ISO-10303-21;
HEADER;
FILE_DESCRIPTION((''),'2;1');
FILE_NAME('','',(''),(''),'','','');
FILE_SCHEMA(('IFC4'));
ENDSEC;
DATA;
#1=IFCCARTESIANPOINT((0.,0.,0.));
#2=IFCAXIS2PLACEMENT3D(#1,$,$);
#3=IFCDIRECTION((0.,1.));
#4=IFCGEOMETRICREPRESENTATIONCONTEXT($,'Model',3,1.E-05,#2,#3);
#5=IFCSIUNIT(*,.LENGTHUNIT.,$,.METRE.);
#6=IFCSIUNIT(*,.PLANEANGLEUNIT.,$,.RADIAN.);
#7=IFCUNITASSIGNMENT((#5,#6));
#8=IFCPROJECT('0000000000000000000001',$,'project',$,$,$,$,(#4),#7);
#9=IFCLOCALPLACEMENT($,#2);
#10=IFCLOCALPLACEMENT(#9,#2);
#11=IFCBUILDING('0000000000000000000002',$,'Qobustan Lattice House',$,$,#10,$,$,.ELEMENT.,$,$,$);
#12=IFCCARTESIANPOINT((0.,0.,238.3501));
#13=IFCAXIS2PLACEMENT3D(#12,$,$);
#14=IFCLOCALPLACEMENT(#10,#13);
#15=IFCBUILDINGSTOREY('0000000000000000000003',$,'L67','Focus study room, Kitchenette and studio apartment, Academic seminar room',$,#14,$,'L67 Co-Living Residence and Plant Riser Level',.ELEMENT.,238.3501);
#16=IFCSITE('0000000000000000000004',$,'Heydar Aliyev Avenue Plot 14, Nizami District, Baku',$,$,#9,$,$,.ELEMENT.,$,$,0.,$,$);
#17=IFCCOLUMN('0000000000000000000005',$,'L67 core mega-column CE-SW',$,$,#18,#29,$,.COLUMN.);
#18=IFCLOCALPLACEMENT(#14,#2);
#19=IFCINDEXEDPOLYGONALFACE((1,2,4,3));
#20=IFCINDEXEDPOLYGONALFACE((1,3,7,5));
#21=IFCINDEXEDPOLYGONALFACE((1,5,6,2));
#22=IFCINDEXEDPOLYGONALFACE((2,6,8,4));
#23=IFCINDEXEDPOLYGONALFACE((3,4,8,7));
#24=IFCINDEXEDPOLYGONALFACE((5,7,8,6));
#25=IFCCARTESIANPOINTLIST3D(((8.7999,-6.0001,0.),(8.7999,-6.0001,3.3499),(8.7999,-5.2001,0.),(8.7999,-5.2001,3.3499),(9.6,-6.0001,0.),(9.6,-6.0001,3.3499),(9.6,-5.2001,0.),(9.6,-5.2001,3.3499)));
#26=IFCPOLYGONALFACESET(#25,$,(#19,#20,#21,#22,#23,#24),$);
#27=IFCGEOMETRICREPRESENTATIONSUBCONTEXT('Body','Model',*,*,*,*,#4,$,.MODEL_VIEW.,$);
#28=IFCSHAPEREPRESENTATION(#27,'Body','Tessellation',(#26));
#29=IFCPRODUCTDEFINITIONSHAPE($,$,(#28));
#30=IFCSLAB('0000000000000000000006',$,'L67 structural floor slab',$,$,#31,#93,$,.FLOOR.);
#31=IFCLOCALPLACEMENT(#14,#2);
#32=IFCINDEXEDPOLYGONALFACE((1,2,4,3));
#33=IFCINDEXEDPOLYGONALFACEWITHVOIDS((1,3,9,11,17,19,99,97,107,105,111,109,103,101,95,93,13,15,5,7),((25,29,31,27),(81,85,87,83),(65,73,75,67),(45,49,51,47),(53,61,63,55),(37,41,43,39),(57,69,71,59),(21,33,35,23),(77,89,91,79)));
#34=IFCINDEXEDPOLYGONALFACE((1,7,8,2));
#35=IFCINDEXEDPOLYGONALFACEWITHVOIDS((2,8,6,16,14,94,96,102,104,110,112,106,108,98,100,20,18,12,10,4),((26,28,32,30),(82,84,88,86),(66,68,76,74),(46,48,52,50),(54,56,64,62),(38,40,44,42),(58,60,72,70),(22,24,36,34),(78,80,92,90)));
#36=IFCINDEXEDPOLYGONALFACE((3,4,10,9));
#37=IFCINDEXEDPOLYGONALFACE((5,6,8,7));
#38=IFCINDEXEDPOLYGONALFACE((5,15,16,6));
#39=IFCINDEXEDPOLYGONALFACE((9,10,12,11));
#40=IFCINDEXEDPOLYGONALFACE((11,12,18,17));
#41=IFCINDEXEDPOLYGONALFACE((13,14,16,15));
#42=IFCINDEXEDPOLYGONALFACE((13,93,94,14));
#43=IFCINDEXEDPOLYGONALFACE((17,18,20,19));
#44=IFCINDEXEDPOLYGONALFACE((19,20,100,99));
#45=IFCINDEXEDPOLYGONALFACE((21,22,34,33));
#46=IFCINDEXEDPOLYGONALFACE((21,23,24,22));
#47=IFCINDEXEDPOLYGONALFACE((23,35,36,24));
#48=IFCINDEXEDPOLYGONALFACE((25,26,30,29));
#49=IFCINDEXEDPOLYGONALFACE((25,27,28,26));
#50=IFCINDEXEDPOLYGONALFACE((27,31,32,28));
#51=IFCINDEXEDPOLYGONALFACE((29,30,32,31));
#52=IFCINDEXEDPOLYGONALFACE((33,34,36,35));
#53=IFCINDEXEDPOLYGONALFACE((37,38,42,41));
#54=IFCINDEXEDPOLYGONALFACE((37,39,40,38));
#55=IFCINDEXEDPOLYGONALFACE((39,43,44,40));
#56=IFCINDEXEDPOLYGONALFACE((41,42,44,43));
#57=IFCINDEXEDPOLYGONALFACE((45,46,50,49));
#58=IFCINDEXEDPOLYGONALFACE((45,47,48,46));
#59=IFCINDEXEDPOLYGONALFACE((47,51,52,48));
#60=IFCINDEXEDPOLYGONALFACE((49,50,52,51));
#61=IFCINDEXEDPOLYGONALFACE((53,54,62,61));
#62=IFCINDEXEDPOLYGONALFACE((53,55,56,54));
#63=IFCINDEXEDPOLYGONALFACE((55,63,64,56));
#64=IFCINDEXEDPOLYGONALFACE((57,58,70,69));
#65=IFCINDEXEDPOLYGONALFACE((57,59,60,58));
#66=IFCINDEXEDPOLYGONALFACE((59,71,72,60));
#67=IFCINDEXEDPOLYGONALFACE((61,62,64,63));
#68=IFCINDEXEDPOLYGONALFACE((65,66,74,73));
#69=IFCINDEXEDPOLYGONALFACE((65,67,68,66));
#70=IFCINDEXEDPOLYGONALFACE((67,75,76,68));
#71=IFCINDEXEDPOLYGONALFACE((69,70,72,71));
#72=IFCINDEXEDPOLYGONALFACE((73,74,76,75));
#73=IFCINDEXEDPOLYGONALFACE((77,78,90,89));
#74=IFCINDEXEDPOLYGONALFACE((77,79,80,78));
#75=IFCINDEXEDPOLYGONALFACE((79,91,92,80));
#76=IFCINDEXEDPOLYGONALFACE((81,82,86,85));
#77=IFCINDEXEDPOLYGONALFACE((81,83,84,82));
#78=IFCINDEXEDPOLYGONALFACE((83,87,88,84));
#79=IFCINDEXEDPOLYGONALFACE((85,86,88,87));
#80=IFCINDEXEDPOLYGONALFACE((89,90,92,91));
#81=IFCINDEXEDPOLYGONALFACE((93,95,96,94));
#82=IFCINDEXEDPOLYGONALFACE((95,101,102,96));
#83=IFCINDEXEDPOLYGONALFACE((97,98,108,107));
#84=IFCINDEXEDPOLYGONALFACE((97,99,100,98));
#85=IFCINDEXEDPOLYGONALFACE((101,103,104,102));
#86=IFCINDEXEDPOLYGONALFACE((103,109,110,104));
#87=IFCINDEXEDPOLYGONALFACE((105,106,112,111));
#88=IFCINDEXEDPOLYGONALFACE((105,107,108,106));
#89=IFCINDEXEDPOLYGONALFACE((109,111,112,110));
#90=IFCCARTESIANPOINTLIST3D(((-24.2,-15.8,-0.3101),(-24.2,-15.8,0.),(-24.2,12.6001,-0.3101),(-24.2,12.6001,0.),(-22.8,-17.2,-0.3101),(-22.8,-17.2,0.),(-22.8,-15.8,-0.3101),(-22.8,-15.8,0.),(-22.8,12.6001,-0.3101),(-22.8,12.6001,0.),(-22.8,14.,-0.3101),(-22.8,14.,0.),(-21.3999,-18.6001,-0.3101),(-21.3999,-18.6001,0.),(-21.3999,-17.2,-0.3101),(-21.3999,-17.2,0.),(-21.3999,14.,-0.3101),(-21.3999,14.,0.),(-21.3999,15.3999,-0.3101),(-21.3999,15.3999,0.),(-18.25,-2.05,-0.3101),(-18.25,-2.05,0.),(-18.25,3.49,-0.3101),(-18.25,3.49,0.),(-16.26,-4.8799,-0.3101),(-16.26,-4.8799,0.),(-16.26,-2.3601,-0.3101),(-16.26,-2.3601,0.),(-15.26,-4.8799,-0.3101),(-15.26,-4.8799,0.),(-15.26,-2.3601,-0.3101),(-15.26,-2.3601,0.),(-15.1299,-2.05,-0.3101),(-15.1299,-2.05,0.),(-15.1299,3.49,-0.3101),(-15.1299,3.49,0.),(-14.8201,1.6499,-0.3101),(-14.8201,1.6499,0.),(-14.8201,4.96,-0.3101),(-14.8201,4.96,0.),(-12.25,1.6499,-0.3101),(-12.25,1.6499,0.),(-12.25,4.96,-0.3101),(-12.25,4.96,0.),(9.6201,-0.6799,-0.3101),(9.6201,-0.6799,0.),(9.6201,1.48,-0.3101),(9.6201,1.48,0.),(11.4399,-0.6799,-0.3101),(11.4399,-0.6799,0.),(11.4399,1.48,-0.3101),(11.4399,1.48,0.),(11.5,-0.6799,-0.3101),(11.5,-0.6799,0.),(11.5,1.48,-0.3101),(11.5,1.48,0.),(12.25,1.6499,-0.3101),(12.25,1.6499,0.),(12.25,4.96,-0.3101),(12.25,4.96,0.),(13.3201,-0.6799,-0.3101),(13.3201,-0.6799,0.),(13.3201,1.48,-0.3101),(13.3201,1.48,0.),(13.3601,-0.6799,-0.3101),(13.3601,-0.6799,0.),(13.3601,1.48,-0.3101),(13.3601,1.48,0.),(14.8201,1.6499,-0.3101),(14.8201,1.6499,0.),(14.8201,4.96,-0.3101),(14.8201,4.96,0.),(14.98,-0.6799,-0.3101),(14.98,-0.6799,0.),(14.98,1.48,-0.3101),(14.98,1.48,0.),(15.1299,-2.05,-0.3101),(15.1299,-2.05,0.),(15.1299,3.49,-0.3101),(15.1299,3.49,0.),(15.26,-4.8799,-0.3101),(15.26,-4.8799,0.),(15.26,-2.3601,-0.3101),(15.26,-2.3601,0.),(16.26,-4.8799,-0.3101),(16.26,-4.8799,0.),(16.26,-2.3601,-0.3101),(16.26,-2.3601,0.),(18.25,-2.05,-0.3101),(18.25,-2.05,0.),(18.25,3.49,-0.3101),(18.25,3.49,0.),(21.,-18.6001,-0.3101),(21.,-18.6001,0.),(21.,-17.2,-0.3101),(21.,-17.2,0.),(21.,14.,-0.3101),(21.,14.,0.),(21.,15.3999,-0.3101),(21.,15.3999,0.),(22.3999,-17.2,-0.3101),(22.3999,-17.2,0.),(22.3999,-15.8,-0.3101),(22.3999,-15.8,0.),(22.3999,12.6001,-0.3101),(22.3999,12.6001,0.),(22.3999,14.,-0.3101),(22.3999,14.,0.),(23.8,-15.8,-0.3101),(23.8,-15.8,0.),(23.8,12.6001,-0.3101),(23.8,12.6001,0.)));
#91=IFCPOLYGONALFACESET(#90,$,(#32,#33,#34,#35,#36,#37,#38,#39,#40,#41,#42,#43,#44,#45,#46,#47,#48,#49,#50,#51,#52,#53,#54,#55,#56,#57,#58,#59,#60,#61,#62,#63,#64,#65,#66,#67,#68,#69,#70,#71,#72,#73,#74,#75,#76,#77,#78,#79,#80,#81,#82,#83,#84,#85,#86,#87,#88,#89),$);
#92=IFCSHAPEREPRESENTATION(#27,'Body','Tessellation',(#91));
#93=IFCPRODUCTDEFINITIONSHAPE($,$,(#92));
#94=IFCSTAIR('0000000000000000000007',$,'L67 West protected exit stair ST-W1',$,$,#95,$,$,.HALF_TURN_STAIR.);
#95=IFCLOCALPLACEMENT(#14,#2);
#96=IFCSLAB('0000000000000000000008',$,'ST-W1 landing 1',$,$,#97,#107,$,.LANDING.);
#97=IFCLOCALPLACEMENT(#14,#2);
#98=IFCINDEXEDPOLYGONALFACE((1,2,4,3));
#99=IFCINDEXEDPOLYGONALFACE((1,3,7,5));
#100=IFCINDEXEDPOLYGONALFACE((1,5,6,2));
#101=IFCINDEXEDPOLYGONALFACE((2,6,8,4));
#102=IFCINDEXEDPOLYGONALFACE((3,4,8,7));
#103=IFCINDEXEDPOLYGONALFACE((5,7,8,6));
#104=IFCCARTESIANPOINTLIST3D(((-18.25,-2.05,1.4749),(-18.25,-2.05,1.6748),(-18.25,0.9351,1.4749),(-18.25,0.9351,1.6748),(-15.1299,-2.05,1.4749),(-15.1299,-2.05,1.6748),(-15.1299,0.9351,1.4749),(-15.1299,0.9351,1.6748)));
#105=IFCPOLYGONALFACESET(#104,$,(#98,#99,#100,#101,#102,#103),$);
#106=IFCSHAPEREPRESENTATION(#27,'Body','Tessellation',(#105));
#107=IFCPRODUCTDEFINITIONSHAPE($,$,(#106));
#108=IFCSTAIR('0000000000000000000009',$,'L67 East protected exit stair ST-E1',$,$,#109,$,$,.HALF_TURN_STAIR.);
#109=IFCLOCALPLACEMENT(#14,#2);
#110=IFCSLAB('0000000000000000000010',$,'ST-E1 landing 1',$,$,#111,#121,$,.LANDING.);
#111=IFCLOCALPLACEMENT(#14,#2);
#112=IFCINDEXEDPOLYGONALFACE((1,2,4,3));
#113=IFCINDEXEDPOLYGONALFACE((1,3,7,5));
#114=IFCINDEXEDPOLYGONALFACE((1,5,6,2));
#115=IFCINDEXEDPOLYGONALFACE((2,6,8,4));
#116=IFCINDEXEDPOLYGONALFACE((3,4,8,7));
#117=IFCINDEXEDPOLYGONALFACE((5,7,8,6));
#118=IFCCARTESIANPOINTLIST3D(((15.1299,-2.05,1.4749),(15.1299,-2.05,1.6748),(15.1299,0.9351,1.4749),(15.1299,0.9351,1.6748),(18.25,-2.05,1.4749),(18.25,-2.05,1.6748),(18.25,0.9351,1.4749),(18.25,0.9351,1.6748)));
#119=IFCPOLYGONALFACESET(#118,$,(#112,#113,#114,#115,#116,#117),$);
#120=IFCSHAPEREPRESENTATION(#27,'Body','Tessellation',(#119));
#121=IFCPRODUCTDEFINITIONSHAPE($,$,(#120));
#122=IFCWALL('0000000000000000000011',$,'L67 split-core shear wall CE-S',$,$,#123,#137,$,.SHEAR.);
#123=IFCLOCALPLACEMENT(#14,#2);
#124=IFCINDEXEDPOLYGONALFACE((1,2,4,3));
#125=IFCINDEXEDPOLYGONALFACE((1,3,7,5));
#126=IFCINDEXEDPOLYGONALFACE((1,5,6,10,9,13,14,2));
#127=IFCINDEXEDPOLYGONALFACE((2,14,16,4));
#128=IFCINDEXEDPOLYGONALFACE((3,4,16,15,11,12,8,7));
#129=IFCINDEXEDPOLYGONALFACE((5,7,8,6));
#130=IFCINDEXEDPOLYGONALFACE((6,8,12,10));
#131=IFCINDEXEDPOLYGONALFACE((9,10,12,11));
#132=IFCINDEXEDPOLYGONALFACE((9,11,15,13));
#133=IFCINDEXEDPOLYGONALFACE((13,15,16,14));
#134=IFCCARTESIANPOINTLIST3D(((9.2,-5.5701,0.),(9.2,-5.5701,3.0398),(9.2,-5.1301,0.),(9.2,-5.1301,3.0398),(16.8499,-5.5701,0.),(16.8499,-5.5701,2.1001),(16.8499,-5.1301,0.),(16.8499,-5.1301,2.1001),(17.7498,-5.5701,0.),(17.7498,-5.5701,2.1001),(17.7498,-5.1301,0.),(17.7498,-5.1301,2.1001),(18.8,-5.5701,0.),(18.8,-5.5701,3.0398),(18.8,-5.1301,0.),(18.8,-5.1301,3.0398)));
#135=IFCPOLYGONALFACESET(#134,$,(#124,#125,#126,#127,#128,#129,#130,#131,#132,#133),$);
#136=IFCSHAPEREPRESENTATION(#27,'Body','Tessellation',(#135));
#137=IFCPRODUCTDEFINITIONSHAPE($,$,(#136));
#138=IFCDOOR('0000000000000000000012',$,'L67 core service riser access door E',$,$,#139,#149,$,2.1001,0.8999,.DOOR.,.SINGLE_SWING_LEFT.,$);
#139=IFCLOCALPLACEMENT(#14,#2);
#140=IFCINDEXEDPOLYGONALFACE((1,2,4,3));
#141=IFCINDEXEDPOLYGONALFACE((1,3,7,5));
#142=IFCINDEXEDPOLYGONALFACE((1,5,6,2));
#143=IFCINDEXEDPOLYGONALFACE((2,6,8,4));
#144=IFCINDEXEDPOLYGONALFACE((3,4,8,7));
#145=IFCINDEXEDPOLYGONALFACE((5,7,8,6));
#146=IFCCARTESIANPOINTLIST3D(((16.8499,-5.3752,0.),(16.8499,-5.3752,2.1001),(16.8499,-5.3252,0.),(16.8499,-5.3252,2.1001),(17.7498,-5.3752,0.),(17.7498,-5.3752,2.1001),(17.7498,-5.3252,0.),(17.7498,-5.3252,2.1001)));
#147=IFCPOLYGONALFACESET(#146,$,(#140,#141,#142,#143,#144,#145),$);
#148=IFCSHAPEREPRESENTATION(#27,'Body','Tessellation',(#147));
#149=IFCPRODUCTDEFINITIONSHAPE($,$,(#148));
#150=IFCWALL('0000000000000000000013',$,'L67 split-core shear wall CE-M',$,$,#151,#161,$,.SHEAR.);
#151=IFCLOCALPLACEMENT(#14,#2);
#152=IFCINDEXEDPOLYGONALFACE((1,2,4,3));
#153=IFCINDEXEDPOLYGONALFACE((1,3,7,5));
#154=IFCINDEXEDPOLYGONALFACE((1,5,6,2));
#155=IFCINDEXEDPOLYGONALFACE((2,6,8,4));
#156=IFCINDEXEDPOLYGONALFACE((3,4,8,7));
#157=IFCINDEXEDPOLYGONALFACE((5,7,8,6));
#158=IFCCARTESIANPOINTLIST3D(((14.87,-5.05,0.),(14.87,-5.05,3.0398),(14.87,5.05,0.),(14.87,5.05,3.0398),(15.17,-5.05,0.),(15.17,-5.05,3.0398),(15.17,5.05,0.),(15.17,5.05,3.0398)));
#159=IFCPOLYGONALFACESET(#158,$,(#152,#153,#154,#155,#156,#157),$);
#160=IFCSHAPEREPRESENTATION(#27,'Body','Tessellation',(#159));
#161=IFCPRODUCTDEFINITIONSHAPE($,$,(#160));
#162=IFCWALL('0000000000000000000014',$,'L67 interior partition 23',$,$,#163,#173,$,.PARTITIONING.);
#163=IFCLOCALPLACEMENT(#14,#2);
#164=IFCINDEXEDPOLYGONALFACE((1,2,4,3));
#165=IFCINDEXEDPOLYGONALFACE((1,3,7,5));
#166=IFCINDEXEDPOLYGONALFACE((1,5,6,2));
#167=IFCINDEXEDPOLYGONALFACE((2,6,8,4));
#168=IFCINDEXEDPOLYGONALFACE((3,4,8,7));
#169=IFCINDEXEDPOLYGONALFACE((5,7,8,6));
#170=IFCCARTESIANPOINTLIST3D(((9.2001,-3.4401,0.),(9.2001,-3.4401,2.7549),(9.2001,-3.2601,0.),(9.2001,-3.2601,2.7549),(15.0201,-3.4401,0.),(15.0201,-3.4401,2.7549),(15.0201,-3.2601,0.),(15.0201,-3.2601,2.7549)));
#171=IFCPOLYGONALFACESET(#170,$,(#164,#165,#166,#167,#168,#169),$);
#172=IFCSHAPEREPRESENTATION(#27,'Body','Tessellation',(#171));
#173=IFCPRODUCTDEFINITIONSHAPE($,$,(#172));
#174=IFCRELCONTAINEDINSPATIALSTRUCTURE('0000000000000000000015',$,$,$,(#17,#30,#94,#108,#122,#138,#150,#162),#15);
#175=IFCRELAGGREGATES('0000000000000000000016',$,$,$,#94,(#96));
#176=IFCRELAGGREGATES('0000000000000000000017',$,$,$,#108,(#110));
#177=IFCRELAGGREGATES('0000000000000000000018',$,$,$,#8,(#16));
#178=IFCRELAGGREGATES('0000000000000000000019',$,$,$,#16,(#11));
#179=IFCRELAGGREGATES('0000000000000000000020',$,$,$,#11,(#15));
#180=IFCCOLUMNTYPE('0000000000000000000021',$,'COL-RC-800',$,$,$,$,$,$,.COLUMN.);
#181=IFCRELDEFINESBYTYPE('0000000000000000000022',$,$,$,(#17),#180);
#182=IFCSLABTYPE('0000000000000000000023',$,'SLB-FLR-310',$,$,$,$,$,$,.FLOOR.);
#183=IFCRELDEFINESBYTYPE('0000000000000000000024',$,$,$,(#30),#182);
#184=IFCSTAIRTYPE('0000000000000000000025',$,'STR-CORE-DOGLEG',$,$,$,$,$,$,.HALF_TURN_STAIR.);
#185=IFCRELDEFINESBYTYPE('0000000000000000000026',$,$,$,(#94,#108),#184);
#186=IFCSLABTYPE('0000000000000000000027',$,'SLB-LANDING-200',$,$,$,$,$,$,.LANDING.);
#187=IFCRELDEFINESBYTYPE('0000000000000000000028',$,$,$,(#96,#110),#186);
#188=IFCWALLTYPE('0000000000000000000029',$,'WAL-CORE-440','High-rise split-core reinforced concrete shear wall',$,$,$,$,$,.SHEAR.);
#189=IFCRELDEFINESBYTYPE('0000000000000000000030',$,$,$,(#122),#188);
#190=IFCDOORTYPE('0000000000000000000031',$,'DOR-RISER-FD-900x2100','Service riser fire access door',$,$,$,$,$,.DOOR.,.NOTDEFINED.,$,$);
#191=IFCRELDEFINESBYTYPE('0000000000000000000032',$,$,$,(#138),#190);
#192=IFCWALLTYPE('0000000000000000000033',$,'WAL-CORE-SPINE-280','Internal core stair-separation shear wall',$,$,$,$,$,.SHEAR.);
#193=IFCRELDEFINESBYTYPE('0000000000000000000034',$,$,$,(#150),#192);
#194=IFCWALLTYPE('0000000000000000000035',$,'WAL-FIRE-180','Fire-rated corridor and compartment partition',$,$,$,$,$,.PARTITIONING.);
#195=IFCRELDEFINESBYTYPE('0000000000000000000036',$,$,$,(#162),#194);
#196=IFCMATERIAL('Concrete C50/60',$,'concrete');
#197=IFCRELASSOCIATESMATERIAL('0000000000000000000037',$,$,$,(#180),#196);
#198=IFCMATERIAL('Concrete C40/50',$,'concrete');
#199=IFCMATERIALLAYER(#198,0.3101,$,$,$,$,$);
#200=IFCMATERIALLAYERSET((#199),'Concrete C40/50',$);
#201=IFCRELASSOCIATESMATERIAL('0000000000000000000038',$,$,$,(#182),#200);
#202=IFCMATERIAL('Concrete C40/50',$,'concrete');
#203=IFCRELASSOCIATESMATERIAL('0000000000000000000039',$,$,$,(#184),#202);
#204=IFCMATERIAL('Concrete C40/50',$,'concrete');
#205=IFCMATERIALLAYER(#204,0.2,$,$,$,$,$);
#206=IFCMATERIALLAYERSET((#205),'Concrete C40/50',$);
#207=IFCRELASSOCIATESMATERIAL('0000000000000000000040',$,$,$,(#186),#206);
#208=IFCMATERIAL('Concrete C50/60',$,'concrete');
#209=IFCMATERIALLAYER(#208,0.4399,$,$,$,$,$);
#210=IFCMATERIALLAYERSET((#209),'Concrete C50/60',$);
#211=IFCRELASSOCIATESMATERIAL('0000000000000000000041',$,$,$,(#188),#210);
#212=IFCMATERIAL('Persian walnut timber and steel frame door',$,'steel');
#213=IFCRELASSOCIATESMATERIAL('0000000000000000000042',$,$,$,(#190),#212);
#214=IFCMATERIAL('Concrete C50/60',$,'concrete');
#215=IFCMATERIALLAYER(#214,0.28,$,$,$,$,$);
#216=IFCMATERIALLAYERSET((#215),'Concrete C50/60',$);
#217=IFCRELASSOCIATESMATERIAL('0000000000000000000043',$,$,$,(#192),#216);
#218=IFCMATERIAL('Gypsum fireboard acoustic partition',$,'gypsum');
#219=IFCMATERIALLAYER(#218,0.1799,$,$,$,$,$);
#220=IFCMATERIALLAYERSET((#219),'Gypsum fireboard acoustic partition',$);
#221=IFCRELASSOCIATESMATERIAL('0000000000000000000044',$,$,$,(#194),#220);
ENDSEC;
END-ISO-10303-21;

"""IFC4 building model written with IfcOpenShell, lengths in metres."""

from ifc_helpers import new_model, si_unit, direction, frame, frame_2d, origin, origin_2d, place, context, subcontext, project, spatial, polyline, rectangle, outline, extrude, material, layer, layer_set, material_profile, profile_set, type_object, element, fill, aggregate, save


model = new_model("IFC4")

# Units and contexts
model_context = context("Model", 3, precision=1e-05, world=origin(), true_north=direction((0.0, 1.0)))
body_context = subcontext(model_context, "Body", "Model", "MODEL_VIEW")
ifc_project = project(units=[si_unit("LENGTHUNIT", "METRE"), si_unit("PLANEANGLEUNIT", "RADIAN")], contexts=[model_context])

# Site, building, storey
site_placement = place(None, origin())
site = spatial("IfcSite", under=ifc_project, at=site_placement, Name="Heydar Aliyev Avenue Plot 14, Nizami District, Baku", CompositionType="ELEMENT", RefElevation=0.0)
building_placement = place(site_placement, origin())
building = spatial("IfcBuilding", under=site, at=building_placement, Name="Qobustan Lattice House", CompositionType="ELEMENT")
storey_placement = place(building_placement, frame((0.0, 0.0, 238.3501)))
storey = spatial("IfcBuildingStorey", under=building, at=storey_placement, Name="L67", Description="Focus study room, Kitchenette and studio apartment, Academic seminar room", LongName="L67 Co-Living Residence and Plant Riser Level", CompositionType="ELEMENT", Elevation=238.3501)

# Column
ifc_material_1 = material(Name="Concrete C50/60", Category="concrete")
ifc_material_profile = material_profile(ifc_material_1, rectangle(XDim=0.8, YDim=0.8, at=origin_2d()), Name="RC800x800")
ifc_profile_set = profile_set([ifc_material_profile], Name="Concrete C50/60")
column_type = type_object("IfcColumnType", Name="COL-RC-800", PredefinedType="COLUMN", material=ifc_profile_set)
column_placement = place(storey_placement, frame((9.2, -5.6001, 0.0), z_axis=(0.0, 0.0, 1.0), x_axis=(1.0, 0.0, 0.0)))
element("IfcColumn", 1, at=column_placement, inside=storey, type_object=column_type, Name="L67 core mega-column CE-SW", PredefinedType="COLUMN", context=body_context, shape_type="SweptSolid", body=[
    extrude(rectangle(XDim=0.8, YDim=0.8, at=origin_2d()), origin(), (0.0, 0.0, 1.0), 3.3499),
])

# Slab
ifc_material_2 = material(Name="Concrete C40/50", Category="concrete")
ifc_layer_1 = layer(ifc_material_2, 0.3101)
ifc_layer_set_1 = layer_set([ifc_layer_1], Name="Concrete C40/50")
slab_type_1 = type_object("IfcSlabType", Name="SLB-FLR-310", PredefinedType="FLOOR", material=ifc_layer_set_1)
slab_1_placement = place(storey_placement, frame((0.0, 0.0, -0.3101)))
element("IfcSlab", 2, at=slab_1_placement, inside=storey, type_object=slab_type_1, Name="L67 structural floor slab", PredefinedType="FLOOR", context=body_context, shape_type="SweptSolid", body=[
    extrude(outline(polyline([(-21.3999, -18.6001), (21.0, -18.6001), (21.0, -17.2), (22.3999, -17.2), (22.3999, -15.8), (23.8, -15.8), (23.8, 12.6001), (22.3999, 12.6001), (22.3999, 14.0), (21.0, 14.0), (21.0, 15.3999), (-21.3999, 15.3999), (-21.3999, 14.0), (-22.8, 14.0), (-22.8, 12.6001), (-24.2, 12.6001), (-24.2, -15.8), (-22.8, -15.8), (-22.8, -17.2), (-21.3999, -17.2), (-21.3999, -18.6001)]), holes=[polyline([(-18.25, -2.05), (-18.25, 3.49), (-15.1299, 3.49), (-15.1299, -2.05), (-18.25, -2.05)]), polyline([(15.1299, -2.05), (15.1299, 3.49), (18.25, 3.49), (18.25, -2.05), (15.1299, -2.05)]), polyline([(-14.8201, 1.6499), (-14.8201, 4.96), (-12.25, 4.96), (-12.25, 1.6499), (-14.8201, 1.6499)]), polyline([(12.25, 1.6499), (12.25, 4.96), (14.8201, 4.96), (14.8201, 1.6499), (12.25, 1.6499)]), polyline([(-16.26, -4.8799), (-16.26, -2.3601), (-15.26, -2.3601), (-15.26, -4.8799), (-16.26, -4.8799)]), polyline([(15.26, -4.8799), (15.26, -2.3601), (16.26, -2.3601), (16.26, -4.8799), (15.26, -4.8799)]), polyline([(13.3601, -0.6799), (13.3601, 1.48), (14.98, 1.48), (14.98, -0.6799), (13.3601, -0.6799)]), polyline([(9.6201, -0.6799), (9.6201, 1.48), (11.4399, 1.48), (11.4399, -0.6799), (9.6201, -0.6799)]), polyline([(11.5, -0.6799), (11.5, 1.48), (13.3201, 1.48), (13.3201, -0.6799), (11.5, -0.6799)])]), origin(), (0.0, 0.0, 1.0), 0.3101),
])

# Stairs, slabs
ifc_material_3 = material(Name="Concrete C40/50", Category="concrete")
stair_type = type_object("IfcStairType", Name="STR-CORE-DOGLEG", PredefinedType="HALF_TURN_STAIR", material=ifc_material_3)
stair_1_placement = place(storey_placement, origin())
stair_1 = element("IfcStair", 3, at=stair_1_placement, inside=storey, type_object=stair_type, Name="L67 West protected exit stair ST-W1", PredefinedType="HALF_TURN_STAIR")
ifc_material_4 = material(Name="Concrete C40/50", Category="concrete")
ifc_layer_2 = layer(ifc_material_4, 0.2)
ifc_layer_set_2 = layer_set([ifc_layer_2], Name="Concrete C40/50")
slab_type_2 = type_object("IfcSlabType", Name="SLB-LANDING-200", PredefinedType="LANDING", material=ifc_layer_set_2)
slab_2_placement = place(storey_placement, frame((0.0, 0.0, 1.4749)))
slab_2 = element("IfcSlab", 4, at=slab_2_placement, type_object=slab_type_2, Name="ST-W1 landing 1", PredefinedType="LANDING", context=body_context, shape_type="SweptSolid", body=[
    extrude(outline(polyline([(-18.25, 0.9351), (-18.25, -2.05), (-15.1299, -2.05), (-15.1299, 0.9351), (-18.25, 0.9351)])), origin(), (0.0, 0.0, 1.0), 0.2),
])
aggregate(stair_1, [slab_2])
stair_2_placement = place(storey_placement, origin())
stair_2 = element("IfcStair", 5, at=stair_2_placement, inside=storey, type_object=stair_type, Name="L67 East protected exit stair ST-E1", PredefinedType="HALF_TURN_STAIR")
slab_3_placement = place(storey_placement, frame((0.0, 0.0, 1.4749)))
slab_3 = element("IfcSlab", 6, at=slab_3_placement, type_object=slab_type_2, Name="ST-E1 landing 1", PredefinedType="LANDING", context=body_context, shape_type="SweptSolid", body=[
    extrude(outline(polyline([(15.1299, 0.9351), (15.1299, -2.05), (18.25, -2.05), (18.25, 0.9351), (15.1299, 0.9351)])), origin(), (0.0, 0.0, 1.0), 0.2),
])
aggregate(stair_2, [slab_3])

# Wall, opening, door
ifc_material_5 = material(Name="Concrete C50/60", Category="concrete")
ifc_layer_3 = layer(ifc_material_5, 0.4399)
ifc_layer_set_3 = layer_set([ifc_layer_3], Name="Concrete C50/60")
wall_type_1 = type_object("IfcWallType", Name="WAL-CORE-440", Description="High-rise split-core reinforced concrete shear wall", PredefinedType="SHEAR", material=ifc_layer_set_3)
wall_1_placement = place(storey_placement, frame((9.2, -5.3501, 0.0), z_axis=(0.0, 0.0, 1.0), x_axis=(1.0, 0.0, 0.0)))
wall_1 = element("IfcWall", 7, at=wall_1_placement, inside=storey, type_object=wall_type_1, Name="L67 split-core shear wall CE-S", PredefinedType="SHEAR", context=body_context, shape_type="SweptSolid", body=[
    extrude(rectangle(XDim=9.6001, YDim=0.4399, at=frame_2d((4.8, 0.0))), origin(), (0.0, 0.0, 1.0), 3.0398),
])
opening_1_placement = place(wall_1_placement, frame((7.6499, 0.0, 0.0)))
opening_1 = element("IfcOpeningElement", 8, at=opening_1_placement, cuts=wall_1, PredefinedType="OPENING", context=body_context, shape_type="SweptSolid", body=[
    extrude(rectangle(XDim=0.8999, YDim=2.1001, at=frame_2d((0.45, 1.05))), frame((0.0, 0.23, 0.0), z_axis=(0.0, -1.0, 0.0), x_axis=(1.0, 0.0, 0.0)), (0.0, 0.0, 1.0), 0.46),
])
ifc_material_6 = material(Name="Persian walnut timber and steel frame door", Category="steel")
door_type_1 = type_object("IfcDoorType", Name="DOR-RISER-FD-900x2100", Description="Service riser fire access door", OperationType="NOTDEFINED", PredefinedType="DOOR", material=ifc_material_6)
door_1_placement = place(opening_1_placement, origin())
door_1 = element("IfcDoor", 9, at=door_1_placement, inside=storey, type_object=door_type_1, Name="L67 core service riser access door E", OperationType="SINGLE_SWING_LEFT", OverallHeight=2.1001, OverallWidth=0.8999, PredefinedType="DOOR", context=body_context, shape_type="SweptSolid", body=[
    extrude(rectangle(XDim=0.8999, YDim=2.1001, at=frame_2d((0.45, 1.05))), frame((0.0, 0.0249, 0.0), z_axis=(0.0, -1.0, 0.0), x_axis=(1.0, 0.0, 0.0)), (0.0, 0.0, 1.0), 0.05),
])
fill(opening_1, door_1)

# Walls
ifc_material_7 = material(Name="Concrete C50/60", Category="concrete")
ifc_layer_4 = layer(ifc_material_7, 0.28)
ifc_layer_set_4 = layer_set([ifc_layer_4], Name="Concrete C50/60")
wall_type_2 = type_object("IfcWallType", Name="WAL-CORE-SPINE-280", Description="Internal core stair-separation shear wall", PredefinedType="SHEAR", material=ifc_layer_set_4)
wall_2_placement = place(storey_placement, frame((15.02, -5.05, 0.0), z_axis=(0.0, 0.0, 1.0), x_axis=(0.0, 1.0, 0.0)))
element("IfcWall", 10, at=wall_2_placement, inside=storey, type_object=wall_type_2, Name="L67 split-core shear wall CE-M", PredefinedType="SHEAR", context=body_context, shape_type="SweptSolid", body=[
    extrude(rectangle(XDim=10.1001, YDim=0.3, at=frame_2d((5.05, 0.0))), origin(), (0.0, 0.0, 1.0), 3.0398),
])
ifc_material_8 = material(Name="Gypsum fireboard acoustic partition", Category="gypsum")
ifc_layer_5 = layer(ifc_material_8, 0.1799)
ifc_layer_set_5 = layer_set([ifc_layer_5], Name="Gypsum fireboard acoustic partition")
wall_type_3 = type_object("IfcWallType", Name="WAL-FIRE-180", Description="Fire-rated corridor and compartment partition", PredefinedType="PARTITIONING", material=ifc_layer_set_5)
wall_3_placement = place(storey_placement, frame((9.2, -3.3501, 0.0), z_axis=(0.0, 0.0, 1.0), x_axis=(1.0, 0.0, 0.0)))
element("IfcWall", 11, at=wall_3_placement, inside=storey, type_object=wall_type_3, Name="L67 interior partition 23", PredefinedType="PARTITIONING", context=body_context, shape_type="SweptSolid", body=[
    extrude(rectangle(XDim=5.8201, YDim=0.1799, at=frame_2d((2.9102, 0.0))), origin(), (0.0, 0.0, 1.0), 2.7549),
])

save(model, "model.ifc")
